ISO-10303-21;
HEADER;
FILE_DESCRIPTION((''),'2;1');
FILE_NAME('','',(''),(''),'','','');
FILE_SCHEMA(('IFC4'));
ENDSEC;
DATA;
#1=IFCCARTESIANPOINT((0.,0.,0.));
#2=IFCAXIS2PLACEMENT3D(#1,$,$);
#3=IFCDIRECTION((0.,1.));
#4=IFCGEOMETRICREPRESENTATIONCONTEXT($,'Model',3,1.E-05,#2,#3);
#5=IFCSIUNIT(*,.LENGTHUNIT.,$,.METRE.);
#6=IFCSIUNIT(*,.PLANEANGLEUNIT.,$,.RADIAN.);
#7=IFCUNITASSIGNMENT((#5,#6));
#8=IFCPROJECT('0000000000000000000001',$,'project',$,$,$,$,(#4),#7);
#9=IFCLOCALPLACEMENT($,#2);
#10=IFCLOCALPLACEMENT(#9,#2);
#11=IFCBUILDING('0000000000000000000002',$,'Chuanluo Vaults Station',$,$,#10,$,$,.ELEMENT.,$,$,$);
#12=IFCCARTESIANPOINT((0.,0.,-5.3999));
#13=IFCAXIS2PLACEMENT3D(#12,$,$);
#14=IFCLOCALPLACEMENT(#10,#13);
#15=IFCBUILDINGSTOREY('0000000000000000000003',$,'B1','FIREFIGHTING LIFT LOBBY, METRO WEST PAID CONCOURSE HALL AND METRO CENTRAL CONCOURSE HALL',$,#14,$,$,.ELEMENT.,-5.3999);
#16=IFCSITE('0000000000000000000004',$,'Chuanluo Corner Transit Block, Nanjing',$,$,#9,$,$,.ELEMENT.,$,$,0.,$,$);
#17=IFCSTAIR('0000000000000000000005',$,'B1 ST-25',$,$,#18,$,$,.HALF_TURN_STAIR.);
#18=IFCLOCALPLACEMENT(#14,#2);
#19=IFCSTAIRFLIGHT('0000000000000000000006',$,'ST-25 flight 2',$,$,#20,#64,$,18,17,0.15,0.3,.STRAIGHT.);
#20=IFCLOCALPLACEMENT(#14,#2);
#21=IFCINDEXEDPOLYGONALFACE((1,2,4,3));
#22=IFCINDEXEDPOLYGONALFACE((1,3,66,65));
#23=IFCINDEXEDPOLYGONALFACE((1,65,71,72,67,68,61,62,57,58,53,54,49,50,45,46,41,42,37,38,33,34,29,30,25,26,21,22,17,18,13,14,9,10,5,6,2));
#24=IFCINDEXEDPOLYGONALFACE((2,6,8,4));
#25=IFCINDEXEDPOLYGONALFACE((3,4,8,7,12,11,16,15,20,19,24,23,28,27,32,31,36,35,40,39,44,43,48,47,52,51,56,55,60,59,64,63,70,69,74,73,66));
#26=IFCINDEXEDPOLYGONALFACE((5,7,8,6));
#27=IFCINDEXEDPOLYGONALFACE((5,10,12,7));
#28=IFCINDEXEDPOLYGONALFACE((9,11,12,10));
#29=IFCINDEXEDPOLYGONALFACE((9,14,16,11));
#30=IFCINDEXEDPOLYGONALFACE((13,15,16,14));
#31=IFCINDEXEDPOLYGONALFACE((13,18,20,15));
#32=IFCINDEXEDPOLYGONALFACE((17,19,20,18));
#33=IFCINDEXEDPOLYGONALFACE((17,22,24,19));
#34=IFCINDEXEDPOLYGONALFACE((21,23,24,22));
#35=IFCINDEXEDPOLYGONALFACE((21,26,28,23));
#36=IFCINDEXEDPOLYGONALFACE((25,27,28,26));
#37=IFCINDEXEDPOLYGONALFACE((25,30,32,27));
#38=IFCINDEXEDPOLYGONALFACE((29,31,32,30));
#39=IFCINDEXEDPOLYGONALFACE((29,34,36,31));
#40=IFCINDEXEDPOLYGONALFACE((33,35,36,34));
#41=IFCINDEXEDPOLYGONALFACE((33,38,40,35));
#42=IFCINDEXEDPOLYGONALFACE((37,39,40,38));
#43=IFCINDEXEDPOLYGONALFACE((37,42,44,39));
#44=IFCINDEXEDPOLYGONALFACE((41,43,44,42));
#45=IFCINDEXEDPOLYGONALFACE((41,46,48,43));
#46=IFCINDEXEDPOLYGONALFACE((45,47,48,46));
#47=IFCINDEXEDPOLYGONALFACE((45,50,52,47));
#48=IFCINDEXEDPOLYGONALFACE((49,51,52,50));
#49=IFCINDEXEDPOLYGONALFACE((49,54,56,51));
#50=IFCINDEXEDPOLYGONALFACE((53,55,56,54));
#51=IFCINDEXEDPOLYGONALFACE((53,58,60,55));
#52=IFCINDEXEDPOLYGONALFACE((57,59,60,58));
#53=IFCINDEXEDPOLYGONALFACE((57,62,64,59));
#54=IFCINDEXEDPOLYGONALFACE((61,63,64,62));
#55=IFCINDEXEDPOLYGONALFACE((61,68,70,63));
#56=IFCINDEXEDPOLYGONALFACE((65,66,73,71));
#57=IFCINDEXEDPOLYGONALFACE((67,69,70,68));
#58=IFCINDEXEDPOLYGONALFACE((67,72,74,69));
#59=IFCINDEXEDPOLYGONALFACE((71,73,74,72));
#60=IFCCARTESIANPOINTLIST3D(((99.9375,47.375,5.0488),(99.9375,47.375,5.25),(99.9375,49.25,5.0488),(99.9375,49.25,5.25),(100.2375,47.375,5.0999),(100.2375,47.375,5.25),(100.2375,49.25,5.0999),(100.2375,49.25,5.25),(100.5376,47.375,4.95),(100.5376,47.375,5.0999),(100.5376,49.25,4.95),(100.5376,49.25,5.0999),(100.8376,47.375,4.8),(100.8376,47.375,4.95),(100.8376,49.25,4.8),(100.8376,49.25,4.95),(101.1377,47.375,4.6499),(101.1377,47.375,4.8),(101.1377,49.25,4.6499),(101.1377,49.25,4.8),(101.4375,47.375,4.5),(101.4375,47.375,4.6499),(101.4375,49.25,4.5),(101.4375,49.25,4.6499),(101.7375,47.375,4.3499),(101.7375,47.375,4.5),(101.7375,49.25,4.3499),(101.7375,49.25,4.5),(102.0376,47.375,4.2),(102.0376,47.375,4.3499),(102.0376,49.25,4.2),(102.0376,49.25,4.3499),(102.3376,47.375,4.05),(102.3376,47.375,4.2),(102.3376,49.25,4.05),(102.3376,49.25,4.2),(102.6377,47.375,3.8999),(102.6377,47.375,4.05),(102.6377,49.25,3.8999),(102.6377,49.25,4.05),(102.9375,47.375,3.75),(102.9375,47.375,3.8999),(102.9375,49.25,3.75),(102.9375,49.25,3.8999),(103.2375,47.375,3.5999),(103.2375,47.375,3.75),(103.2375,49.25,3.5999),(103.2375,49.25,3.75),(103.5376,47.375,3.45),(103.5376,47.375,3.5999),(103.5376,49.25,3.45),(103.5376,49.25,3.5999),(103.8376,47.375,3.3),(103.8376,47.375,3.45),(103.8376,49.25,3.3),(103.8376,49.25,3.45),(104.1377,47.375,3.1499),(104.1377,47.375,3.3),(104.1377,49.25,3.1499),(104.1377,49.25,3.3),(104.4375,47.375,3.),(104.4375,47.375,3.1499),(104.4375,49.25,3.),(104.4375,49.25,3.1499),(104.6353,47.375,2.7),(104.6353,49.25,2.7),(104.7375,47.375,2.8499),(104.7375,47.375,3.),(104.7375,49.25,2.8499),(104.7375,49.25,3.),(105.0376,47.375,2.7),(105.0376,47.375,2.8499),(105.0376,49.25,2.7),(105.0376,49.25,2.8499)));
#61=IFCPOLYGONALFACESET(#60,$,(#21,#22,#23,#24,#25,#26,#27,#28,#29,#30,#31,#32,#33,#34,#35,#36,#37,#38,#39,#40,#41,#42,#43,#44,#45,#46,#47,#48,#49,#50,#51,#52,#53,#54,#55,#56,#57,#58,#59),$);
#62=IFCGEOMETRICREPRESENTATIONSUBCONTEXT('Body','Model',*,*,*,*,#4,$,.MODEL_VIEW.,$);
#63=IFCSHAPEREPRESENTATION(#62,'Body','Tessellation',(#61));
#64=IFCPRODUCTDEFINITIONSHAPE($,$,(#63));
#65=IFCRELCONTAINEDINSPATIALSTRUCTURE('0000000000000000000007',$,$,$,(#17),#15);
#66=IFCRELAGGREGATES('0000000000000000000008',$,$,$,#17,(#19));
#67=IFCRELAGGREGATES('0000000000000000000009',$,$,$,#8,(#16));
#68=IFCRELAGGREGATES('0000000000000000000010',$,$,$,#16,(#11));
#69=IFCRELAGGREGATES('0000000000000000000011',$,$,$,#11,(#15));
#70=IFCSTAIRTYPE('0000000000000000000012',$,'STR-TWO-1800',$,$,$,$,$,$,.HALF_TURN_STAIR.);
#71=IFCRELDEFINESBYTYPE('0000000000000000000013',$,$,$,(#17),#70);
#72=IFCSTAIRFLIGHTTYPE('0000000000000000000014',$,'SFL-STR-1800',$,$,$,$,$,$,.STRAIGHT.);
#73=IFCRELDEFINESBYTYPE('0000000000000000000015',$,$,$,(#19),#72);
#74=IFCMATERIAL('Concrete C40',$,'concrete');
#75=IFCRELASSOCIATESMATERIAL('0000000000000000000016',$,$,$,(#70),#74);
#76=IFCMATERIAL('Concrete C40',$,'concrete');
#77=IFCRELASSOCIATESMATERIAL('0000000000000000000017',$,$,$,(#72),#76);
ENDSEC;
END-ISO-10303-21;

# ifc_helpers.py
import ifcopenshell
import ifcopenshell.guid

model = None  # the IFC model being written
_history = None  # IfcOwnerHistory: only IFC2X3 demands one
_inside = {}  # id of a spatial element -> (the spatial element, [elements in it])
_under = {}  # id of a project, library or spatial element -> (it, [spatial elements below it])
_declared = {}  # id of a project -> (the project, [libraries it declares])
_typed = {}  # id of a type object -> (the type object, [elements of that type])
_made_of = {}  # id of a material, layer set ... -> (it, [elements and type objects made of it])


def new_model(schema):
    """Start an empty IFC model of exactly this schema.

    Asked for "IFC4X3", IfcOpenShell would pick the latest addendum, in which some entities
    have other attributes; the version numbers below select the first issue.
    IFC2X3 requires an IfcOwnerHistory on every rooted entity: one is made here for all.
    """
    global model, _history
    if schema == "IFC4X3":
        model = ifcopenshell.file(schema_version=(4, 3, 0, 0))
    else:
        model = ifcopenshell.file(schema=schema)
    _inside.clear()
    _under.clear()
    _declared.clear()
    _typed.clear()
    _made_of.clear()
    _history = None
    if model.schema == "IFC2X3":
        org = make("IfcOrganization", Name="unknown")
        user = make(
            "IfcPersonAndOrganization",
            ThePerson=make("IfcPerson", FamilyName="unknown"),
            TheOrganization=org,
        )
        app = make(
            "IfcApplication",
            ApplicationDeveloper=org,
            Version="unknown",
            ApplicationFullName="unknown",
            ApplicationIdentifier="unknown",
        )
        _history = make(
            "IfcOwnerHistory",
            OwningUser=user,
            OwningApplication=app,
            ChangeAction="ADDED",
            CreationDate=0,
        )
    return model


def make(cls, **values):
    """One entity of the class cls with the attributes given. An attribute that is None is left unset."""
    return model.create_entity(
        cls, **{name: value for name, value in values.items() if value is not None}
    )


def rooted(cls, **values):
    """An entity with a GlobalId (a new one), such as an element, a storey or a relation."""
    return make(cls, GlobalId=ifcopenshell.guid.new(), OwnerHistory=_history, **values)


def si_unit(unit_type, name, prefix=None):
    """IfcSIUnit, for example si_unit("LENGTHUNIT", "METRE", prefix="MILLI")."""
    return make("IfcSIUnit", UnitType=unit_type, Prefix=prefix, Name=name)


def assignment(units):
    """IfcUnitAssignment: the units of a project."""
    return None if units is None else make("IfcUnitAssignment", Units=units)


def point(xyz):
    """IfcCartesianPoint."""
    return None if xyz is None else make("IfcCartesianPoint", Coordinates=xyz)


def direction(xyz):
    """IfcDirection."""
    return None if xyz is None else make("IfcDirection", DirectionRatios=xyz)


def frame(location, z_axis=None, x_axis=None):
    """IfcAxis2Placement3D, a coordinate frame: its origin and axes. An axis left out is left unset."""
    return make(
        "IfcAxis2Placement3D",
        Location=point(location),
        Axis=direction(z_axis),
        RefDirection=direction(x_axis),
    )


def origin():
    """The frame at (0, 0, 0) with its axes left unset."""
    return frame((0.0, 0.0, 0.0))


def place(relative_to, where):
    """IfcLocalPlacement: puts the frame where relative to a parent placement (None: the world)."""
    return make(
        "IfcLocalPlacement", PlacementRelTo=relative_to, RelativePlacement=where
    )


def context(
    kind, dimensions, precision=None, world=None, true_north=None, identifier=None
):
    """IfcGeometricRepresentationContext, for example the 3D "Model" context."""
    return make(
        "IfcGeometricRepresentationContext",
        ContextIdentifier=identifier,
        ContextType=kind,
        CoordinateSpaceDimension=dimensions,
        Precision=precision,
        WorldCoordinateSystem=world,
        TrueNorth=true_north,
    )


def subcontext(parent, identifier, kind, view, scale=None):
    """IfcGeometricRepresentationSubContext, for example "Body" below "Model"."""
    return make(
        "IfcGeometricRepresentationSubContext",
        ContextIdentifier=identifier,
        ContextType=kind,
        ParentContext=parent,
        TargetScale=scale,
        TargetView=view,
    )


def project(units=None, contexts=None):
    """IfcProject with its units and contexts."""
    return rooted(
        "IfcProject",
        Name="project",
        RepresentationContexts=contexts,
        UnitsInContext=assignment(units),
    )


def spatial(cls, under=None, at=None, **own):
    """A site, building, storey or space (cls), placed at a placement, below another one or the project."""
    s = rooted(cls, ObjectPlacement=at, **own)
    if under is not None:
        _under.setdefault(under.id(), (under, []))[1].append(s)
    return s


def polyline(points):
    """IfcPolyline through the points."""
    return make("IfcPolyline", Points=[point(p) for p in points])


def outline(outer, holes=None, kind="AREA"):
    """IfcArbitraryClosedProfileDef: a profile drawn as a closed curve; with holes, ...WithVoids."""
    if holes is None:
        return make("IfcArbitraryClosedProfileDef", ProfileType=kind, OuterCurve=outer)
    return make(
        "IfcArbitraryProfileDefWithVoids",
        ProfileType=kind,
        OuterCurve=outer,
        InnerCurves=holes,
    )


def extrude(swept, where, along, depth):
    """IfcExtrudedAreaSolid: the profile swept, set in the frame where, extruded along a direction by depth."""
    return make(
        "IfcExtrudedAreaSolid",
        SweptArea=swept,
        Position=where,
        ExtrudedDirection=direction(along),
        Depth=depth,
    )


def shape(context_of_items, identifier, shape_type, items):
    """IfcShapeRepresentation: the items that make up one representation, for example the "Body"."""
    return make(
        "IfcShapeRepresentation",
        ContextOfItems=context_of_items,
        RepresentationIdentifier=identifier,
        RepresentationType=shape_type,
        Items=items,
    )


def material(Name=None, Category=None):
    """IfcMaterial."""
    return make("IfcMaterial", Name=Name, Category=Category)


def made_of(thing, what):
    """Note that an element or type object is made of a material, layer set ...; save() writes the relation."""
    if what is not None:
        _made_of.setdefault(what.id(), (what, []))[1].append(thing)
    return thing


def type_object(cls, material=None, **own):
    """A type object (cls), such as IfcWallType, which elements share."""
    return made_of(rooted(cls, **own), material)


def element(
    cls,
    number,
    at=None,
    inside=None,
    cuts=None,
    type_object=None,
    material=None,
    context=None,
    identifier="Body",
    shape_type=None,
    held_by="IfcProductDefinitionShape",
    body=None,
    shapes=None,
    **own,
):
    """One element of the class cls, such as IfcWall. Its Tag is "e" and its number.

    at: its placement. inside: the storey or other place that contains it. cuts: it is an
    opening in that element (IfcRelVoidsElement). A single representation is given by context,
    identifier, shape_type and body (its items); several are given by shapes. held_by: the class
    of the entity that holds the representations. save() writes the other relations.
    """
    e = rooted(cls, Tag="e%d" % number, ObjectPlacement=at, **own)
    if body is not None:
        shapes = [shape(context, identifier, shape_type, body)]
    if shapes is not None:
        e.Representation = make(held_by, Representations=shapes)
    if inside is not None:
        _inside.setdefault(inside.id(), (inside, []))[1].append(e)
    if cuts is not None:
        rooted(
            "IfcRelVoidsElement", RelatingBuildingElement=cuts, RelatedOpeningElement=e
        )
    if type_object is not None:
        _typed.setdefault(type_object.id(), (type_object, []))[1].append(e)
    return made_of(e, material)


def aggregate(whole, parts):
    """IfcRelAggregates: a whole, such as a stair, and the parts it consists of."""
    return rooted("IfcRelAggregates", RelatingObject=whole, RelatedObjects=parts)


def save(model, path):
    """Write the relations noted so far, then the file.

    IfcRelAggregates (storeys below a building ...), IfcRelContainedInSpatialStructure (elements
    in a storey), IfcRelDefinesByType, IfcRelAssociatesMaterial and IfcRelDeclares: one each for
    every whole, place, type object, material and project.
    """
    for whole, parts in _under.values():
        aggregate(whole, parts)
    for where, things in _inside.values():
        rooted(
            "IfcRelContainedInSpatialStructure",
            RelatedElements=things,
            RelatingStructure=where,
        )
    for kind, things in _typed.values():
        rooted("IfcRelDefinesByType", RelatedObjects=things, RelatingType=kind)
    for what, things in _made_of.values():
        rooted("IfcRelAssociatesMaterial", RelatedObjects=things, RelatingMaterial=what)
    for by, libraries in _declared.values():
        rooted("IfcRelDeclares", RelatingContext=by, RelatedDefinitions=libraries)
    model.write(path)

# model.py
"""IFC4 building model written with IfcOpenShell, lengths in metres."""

from ifc_helpers import new_model, si_unit, direction, frame, origin, place, context, subcontext, project, spatial, polyline, outline, extrude, material, type_object, element, aggregate, save


model = new_model("IFC4")

# Units and contexts
model_context = context("Model", 3, precision=1e-05, world=origin(), true_north=direction((0.0, 1.0)))
body_context = subcontext(model_context, "Body", "Model", "MODEL_VIEW")
ifc_project = project(units=[si_unit("LENGTHUNIT", "METRE"), si_unit("PLANEANGLEUNIT", "RADIAN")], contexts=[model_context])

# Site, building, storey
site_placement = place(None, origin())
site = spatial("IfcSite", under=ifc_project, at=site_placement, Name="Chuanluo Corner Transit Block, Nanjing", CompositionType="ELEMENT", RefElevation=0.0)
building_placement = place(site_placement, origin())
building = spatial("IfcBuilding", under=site, at=building_placement, Name="Chuanluo Vaults Station", CompositionType="ELEMENT")
storey_placement = place(building_placement, frame((0.0, 0.0, -5.3999)))
storey = spatial("IfcBuildingStorey", under=building, at=storey_placement, Name="B1", Description="FIREFIGHTING LIFT LOBBY, METRO WEST PAID CONCOURSE HALL AND METRO CENTRAL CONCOURSE HALL", CompositionType="ELEMENT", Elevation=-5.3999)

# Stair, stair flight
ifc_material_1 = material(Name="Concrete C40", Category="concrete")
stair_type = type_object("IfcStairType", Name="STR-TWO-1800", PredefinedType="HALF_TURN_STAIR", material=ifc_material_1)
stair_placement = place(storey_placement, origin())
stair = element("IfcStair", 1, at=stair_placement, inside=storey, type_object=stair_type, Name="B1 ST-25", PredefinedType="HALF_TURN_STAIR")
ifc_material_2 = material(Name="Concrete C40", Category="concrete")
stair_flight_type = type_object("IfcStairFlightType", Name="SFL-STR-1800", PredefinedType="STRAIGHT", material=ifc_material_2)
stair_flight_1_placement = place(storey_placement, frame((105.0376, 48.3125, 2.7), z_axis=(0.0, 0.0, 1.0), x_axis=(-1.0, 0.0, 0.0)))
stair_flight_1 = element("IfcStairFlight", 2, at=stair_flight_1_placement, type_object=stair_flight_type, Name="ST-25 flight 2", NumberOfRisers=18, NumberOfTreads=17, PredefinedType="STRAIGHT", RiserHeight=0.15, TreadLength=0.3, context=body_context, shape_type="SweptSolid", body=[
    extrude(outline(polyline([(0.0, 0.0), (0.0, 0.1499), (0.3, 0.1499), (0.3, 0.3), (0.6001, 0.3), (0.6001, 0.45), (0.8999, 0.45), (0.8999, 0.6001), (1.2, 0.6001), (1.2, 0.75), (1.5, 0.75), (1.5, 0.8999), (1.8, 0.8999), (1.8, 1.05), (2.1001, 1.05), (2.1001, 1.2), (2.3999, 1.2), (2.3999, 1.3501), (2.7, 1.3501), (2.7, 1.5), (3.0, 1.5), (3.0, 1.6499), (3.3, 1.6499), (3.3, 1.8), (3.6001, 1.8), (3.6001, 1.95), (3.8999, 1.95), (3.8999, 2.1001), (4.2, 2.1001), (4.2, 2.25), (4.5, 2.25), (4.5, 2.3999), (4.8, 2.3999), (4.8, 2.55), (5.1001, 2.55), (5.1001, 2.7), (5.1001, 2.3489), (0.4023, 0.0), (0.0, 0.0)])), frame((0.0, 0.9375, 0.0), z_axis=(0.0, -1.0, 0.0), x_axis=(1.0, 0.0, 0.0)), (0.0, 0.0, 1.0), 1.875),
])
aggregate(stair, [stair_flight_1])

save(model, "model.ifc")
